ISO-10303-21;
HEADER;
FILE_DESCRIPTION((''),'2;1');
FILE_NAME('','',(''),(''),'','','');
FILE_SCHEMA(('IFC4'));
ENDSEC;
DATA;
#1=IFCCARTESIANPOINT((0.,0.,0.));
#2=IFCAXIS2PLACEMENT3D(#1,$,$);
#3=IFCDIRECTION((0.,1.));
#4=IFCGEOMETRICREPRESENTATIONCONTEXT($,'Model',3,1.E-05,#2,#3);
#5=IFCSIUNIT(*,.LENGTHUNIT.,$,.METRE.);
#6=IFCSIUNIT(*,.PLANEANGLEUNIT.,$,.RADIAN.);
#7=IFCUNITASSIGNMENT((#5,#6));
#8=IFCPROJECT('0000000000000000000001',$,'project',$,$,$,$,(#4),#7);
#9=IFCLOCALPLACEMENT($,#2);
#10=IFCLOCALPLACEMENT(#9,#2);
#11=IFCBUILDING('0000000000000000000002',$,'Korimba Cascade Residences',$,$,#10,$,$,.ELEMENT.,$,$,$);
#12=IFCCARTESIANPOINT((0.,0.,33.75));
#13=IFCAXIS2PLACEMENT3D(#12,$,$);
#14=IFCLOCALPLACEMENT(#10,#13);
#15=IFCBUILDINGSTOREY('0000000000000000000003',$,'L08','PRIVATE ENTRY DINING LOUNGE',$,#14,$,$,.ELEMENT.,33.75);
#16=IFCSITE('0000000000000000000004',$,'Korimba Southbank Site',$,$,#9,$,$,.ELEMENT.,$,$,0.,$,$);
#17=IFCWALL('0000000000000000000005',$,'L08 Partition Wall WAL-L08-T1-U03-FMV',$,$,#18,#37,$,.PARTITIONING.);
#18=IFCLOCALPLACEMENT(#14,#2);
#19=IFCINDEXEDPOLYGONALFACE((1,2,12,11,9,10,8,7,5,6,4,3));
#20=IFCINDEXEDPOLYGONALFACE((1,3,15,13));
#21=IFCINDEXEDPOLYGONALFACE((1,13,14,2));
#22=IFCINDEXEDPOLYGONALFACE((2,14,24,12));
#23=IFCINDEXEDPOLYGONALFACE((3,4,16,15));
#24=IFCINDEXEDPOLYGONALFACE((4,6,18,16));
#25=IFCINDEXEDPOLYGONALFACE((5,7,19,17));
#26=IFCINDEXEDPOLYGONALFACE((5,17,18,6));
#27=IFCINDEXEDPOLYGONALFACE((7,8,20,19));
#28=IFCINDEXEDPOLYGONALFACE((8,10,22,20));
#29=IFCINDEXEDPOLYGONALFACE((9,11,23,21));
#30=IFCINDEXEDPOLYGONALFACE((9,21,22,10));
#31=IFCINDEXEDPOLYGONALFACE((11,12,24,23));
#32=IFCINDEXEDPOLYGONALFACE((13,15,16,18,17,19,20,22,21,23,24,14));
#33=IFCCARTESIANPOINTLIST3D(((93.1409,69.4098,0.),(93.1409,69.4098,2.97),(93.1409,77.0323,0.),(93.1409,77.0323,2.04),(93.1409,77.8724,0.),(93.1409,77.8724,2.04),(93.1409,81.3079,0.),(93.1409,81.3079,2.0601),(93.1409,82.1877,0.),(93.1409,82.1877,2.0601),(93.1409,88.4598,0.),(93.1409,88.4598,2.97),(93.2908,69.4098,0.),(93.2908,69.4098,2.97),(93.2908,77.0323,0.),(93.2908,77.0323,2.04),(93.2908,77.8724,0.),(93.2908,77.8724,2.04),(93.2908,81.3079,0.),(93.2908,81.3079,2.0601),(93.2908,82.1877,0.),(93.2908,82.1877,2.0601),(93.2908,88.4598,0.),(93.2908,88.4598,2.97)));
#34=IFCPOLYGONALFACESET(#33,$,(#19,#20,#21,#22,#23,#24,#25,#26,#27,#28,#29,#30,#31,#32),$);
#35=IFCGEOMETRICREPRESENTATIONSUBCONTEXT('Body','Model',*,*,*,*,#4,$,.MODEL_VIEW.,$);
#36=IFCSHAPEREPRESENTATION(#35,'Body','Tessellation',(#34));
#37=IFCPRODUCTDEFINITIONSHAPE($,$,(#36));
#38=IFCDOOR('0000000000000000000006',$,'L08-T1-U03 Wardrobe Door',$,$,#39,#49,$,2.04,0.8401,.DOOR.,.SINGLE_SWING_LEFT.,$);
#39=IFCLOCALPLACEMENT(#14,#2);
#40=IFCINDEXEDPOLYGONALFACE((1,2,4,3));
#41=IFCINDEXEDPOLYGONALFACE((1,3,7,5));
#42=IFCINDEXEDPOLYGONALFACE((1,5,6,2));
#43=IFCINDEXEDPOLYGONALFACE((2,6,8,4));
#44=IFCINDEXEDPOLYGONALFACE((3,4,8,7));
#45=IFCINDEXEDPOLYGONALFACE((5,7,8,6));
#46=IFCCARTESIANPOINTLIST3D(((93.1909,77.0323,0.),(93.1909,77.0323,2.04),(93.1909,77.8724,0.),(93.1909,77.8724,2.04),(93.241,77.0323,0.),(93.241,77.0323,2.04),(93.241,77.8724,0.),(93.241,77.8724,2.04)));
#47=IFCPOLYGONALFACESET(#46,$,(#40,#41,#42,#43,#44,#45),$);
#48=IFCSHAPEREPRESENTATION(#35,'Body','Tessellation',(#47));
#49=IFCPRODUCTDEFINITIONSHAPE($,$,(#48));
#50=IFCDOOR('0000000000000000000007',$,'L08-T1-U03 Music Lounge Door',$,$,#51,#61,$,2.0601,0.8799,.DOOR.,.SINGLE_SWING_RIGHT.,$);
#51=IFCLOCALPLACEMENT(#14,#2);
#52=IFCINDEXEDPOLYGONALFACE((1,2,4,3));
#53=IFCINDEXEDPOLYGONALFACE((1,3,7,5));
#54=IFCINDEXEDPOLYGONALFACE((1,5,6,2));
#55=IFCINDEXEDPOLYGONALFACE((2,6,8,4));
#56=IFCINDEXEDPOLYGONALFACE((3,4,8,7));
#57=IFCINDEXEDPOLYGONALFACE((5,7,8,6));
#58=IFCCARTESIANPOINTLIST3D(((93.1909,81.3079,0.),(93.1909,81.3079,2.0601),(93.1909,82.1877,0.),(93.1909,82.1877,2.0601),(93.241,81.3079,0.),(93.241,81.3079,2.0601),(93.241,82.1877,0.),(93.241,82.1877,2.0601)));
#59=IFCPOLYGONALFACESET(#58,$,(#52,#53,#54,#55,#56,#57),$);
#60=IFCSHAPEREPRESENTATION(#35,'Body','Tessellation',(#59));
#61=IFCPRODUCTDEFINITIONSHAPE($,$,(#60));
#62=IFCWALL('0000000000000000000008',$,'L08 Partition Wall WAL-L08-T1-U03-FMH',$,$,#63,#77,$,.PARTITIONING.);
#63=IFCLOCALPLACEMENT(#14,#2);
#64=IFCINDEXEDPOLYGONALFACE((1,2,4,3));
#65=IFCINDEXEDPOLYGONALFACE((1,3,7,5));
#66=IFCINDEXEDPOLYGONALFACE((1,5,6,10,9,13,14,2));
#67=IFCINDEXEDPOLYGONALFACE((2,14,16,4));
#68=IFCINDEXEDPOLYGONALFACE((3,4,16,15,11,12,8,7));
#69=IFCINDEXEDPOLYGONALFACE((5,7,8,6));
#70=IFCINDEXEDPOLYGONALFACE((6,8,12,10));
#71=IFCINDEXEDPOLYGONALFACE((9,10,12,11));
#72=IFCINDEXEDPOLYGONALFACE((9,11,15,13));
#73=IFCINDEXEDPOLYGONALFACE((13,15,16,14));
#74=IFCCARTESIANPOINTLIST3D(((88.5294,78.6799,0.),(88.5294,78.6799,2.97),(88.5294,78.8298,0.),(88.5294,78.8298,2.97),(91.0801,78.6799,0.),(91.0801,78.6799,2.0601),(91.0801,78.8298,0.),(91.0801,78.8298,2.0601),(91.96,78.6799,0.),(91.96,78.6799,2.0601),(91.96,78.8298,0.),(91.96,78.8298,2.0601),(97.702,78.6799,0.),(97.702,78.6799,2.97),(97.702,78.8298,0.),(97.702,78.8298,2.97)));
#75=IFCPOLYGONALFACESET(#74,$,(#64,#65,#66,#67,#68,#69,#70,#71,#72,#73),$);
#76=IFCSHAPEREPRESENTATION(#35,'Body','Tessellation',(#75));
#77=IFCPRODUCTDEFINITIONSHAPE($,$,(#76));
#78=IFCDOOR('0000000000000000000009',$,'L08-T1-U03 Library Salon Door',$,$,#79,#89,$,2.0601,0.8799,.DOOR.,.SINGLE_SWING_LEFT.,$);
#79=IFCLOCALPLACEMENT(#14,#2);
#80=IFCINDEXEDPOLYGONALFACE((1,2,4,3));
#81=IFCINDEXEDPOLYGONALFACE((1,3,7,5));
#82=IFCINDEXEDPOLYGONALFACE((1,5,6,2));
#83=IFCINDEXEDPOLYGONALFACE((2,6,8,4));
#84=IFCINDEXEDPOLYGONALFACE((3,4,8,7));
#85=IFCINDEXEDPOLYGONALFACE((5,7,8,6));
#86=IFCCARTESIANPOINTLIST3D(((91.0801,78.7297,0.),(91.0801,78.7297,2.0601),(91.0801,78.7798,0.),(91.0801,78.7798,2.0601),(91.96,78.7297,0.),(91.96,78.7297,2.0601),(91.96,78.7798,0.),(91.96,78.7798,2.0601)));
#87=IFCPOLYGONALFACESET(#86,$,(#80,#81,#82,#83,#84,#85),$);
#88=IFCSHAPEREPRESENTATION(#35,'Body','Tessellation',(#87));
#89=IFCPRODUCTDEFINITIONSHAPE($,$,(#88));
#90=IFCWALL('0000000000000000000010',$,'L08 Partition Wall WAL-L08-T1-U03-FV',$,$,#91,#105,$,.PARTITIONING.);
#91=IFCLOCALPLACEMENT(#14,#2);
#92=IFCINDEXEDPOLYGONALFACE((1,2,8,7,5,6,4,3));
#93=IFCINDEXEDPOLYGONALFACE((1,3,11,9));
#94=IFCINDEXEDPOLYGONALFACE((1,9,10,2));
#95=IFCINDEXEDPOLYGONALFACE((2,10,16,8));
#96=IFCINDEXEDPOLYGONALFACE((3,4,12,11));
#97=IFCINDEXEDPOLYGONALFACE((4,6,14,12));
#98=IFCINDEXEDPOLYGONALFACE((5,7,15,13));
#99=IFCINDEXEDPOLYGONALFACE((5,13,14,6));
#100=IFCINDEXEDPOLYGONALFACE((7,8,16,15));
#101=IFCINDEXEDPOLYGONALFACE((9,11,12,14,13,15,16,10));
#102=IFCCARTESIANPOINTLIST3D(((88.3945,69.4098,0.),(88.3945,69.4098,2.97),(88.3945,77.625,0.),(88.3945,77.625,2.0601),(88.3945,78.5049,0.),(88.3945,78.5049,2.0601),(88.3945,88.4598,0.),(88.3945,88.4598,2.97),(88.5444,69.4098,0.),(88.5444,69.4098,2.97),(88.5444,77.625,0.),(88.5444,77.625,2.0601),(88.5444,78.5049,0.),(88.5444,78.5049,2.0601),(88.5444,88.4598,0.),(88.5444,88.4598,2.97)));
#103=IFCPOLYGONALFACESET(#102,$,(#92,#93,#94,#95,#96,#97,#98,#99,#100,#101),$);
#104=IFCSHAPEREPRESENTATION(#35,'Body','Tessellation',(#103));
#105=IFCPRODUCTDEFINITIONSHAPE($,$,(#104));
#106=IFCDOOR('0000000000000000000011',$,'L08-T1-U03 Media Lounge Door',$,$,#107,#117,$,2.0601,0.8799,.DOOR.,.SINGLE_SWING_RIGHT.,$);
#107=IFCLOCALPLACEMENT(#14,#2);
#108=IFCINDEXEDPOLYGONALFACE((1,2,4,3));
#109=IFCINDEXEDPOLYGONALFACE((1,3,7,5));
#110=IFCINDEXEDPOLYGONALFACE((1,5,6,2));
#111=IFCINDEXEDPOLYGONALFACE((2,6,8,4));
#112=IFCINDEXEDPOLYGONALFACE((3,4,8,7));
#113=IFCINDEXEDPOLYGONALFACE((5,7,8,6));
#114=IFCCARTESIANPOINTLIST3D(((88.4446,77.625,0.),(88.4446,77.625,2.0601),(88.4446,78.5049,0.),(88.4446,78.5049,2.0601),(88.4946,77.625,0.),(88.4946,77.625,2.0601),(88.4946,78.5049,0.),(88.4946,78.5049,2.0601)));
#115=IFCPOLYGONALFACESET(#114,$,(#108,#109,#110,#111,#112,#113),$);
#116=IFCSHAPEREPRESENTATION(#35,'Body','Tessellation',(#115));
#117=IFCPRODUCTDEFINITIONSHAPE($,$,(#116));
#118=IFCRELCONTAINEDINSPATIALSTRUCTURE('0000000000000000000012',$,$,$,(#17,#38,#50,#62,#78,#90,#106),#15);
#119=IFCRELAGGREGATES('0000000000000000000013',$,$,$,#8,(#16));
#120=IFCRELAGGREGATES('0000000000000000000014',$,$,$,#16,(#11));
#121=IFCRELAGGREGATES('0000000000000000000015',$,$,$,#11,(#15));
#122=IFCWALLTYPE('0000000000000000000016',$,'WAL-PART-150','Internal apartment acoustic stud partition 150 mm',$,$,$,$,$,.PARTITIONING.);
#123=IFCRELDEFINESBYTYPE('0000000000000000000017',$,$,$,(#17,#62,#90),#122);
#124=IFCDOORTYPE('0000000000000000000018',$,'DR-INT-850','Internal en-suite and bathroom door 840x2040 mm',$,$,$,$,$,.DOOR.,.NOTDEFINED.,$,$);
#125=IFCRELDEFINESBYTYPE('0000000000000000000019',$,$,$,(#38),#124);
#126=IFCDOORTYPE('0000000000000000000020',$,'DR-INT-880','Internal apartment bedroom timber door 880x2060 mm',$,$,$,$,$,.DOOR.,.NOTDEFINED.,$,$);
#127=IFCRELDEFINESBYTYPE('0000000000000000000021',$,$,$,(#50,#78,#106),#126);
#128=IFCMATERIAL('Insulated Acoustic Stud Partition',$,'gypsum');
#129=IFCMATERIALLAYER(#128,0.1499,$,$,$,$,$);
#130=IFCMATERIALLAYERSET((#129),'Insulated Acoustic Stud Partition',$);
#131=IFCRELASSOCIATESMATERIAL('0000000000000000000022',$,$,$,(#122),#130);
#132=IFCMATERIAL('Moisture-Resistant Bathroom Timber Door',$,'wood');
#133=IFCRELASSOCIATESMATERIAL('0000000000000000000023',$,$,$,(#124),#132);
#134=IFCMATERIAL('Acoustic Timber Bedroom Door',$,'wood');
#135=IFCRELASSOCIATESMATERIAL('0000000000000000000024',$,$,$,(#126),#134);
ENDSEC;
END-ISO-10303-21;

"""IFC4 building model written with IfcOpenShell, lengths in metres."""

from ifc_helpers import new_model, si_unit, direction, frame, frame_2d, origin, place, context, subcontext, project, spatial, rectangle, extrude, material, layer, layer_set, type_object, element, fill, save


model = new_model("IFC4")

# Units and contexts
model_context = context("Model", 3, precision=1e-05, world=origin(), true_north=direction((0.0, 1.0)))
body_context = subcontext(model_context, "Body", "Model", "MODEL_VIEW")
ifc_project = project(units=[si_unit("LENGTHUNIT", "METRE"), si_unit("PLANEANGLEUNIT", "RADIAN")], contexts=[model_context])

# Site, building, storey
site_placement = place(None, origin())
site = spatial("IfcSite", under=ifc_project, at=site_placement, Name="Korimba Southbank Site", CompositionType="ELEMENT", RefElevation=0.0)
building_placement = place(site_placement, origin())
building = spatial("IfcBuilding", under=site, at=building_placement, Name="Korimba Cascade Residences", CompositionType="ELEMENT")
storey_placement = place(building_placement, frame((0.0, 0.0, 33.75)))
storey = spatial("IfcBuildingStorey", under=building, at=storey_placement, Name="L08", Description="PRIVATE ENTRY DINING LOUNGE", CompositionType="ELEMENT", Elevation=33.75)

# Shared definitions
ifc_material_1 = material(Name="Insulated Acoustic Stud Partition", Category="gypsum")
ifc_layer_1 = layer(ifc_material_1, 0.1499)
ifc_layer_set_1 = layer_set([ifc_layer_1], Name="Insulated Acoustic Stud Partition")
wall_type_1 = type_object("IfcWallType", Name="WAL-PART-150", Description="Internal apartment acoustic stud partition 150 mm", PredefinedType="PARTITIONING", material=ifc_layer_set_1)

# Wall, openings, doors
wall_1_placement = place(storey_placement, frame((93.2158, 69.4099, 0.0), z_axis=(0.0, 0.0, 1.0), x_axis=(0.0, 1.0, 0.0)))
wall_1 = element("IfcWall", 1, at=wall_1_placement, inside=storey, type_object=wall_type_1, Name="L08 Partition Wall WAL-L08-T1-U03-FMV", PredefinedType="PARTITIONING", context=body_context, shape_type="SweptSolid", body=[
    extrude(rectangle(XDim=19.05, YDim=0.1499, at=frame_2d((9.5249, 0.0))), origin(), (0.0, 0.0, 1.0), 2.97),
])
opening_1_placement = place(wall_1_placement, frame((7.6226, 0.0, 0.0)))
opening_1 = element("IfcOpeningElement", 2, at=opening_1_placement, cuts=wall_1, PredefinedType="OPENING", context=body_context, shape_type="SweptSolid", body=[
    extrude(rectangle(XDim=0.8401, YDim=2.04, at=frame_2d((0.4199, 1.02))), frame((0.0, 0.085, 0.0), z_axis=(0.0, -1.0, 0.0), x_axis=(1.0, 0.0, 0.0)), (0.0, 0.0, 1.0), 0.1699),
])
opening_2_placement = place(wall_1_placement, frame((11.8979, 0.0, 0.0)))
opening_2 = element("IfcOpeningElement", 3, at=opening_2_placement, cuts=wall_1, PredefinedType="OPENING", context=body_context, shape_type="SweptSolid", body=[
    extrude(rectangle(XDim=0.8799, YDim=2.0601, at=frame_2d((0.4399, 1.03))), frame((0.0, 0.085, 0.0), z_axis=(0.0, -1.0, 0.0), x_axis=(1.0, 0.0, 0.0)), (0.0, 0.0, 1.0), 0.1699),
])
ifc_material_2 = material(Name="Moisture-Resistant Bathroom Timber Door", Category="wood")
door_type_1 = type_object("IfcDoorType", Name="DR-INT-850", Description="Internal en-suite and bathroom door 840x2040 mm", OperationType="NOTDEFINED", PredefinedType="DOOR", material=ifc_material_2)
door_1_placement = place(opening_1_placement, origin())
door_1 = element("IfcDoor", 4, at=door_1_placement, inside=storey, type_object=door_type_1, Name="L08-T1-U03 Wardrobe Door", OperationType="SINGLE_SWING_LEFT", OverallHeight=2.04, OverallWidth=0.8401, PredefinedType="DOOR", context=body_context, shape_type="SweptSolid", body=[
    extrude(rectangle(XDim=0.8401, YDim=2.04, at=frame_2d((0.4199, 1.02))), frame((0.0, 0.0249, 0.0), z_axis=(0.0, -1.0, 0.0), x_axis=(1.0, 0.0, 0.0)), (0.0, 0.0, 1.0), 0.05),
])
fill(opening_1, door_1)
ifc_material_3 = material(Name="Acoustic Timber Bedroom Door", Category="wood")
door_type_2 = type_object("IfcDoorType", Name="DR-INT-880", Description="Internal apartment bedroom timber door 880x2060 mm", OperationType="NOTDEFINED", PredefinedType="DOOR", material=ifc_material_3)
door_2_placement = place(opening_2_placement, origin())
door_2 = element("IfcDoor", 5, at=door_2_placement, inside=storey, type_object=door_type_2, Name="L08-T1-U03 Music Lounge Door", OperationType="SINGLE_SWING_RIGHT", OverallHeight=2.0601, OverallWidth=0.8799, PredefinedType="DOOR", context=body_context, shape_type="SweptSolid", body=[
    extrude(rectangle(XDim=0.8799, YDim=2.0601, at=frame_2d((0.4399, 1.03))), frame((0.0, 0.0249, 0.0), z_axis=(0.0, -1.0, 0.0), x_axis=(1.0, 0.0, 0.0)), (0.0, 0.0, 1.0), 0.05),
])
fill(opening_2, door_2)

# Walls, openings, doors
wall_2_placement = place(storey_placement, frame((88.5293, 78.7549, 0.0), z_axis=(0.0, 0.0, 1.0), x_axis=(1.0, 0.0, 0.0)))
wall_2 = element("IfcWall", 6, at=wall_2_placement, inside=storey, type_object=wall_type_1, Name="L08 Partition Wall WAL-L08-T1-U03-FMH", PredefinedType="PARTITIONING", context=body_context, shape_type="SweptSolid", body=[
    extrude(rectangle(XDim=9.1726, YDim=0.1499, at=frame_2d((4.5864, 0.0))), origin(), (0.0, 0.0, 1.0), 2.97),
])
opening_3_placement = place(wall_2_placement, frame((2.5508, 0.0, 0.0)))
opening_3 = element("IfcOpeningElement", 7, at=opening_3_placement, cuts=wall_2, PredefinedType="OPENING", context=body_context, shape_type="SweptSolid", body=[
    extrude(rectangle(XDim=0.8799, YDim=2.0601, at=frame_2d((0.4399, 1.03))), frame((0.0, 0.085, 0.0), z_axis=(0.0, -1.0, 0.0), x_axis=(1.0, 0.0, 0.0)), (0.0, 0.0, 1.0), 0.1699),
])
door_3_placement = place(opening_3_placement, origin())
door_3 = element("IfcDoor", 8, at=door_3_placement, inside=storey, type_object=door_type_2, Name="L08-T1-U03 Library Salon Door", OperationType="SINGLE_SWING_LEFT", OverallHeight=2.0601, OverallWidth=0.8799, PredefinedType="DOOR", context=body_context, shape_type="SweptSolid", body=[
    extrude(rectangle(XDim=0.8799, YDim=2.0601, at=frame_2d((0.4399, 1.03))), frame((0.0, 0.0249, 0.0), z_axis=(0.0, -1.0, 0.0), x_axis=(1.0, 0.0, 0.0)), (0.0, 0.0, 1.0), 0.05),
])
fill(opening_3, door_3)
wall_3_placement = place(storey_placement, frame((88.4695, 69.4099, 0.0), z_axis=(0.0, 0.0, 1.0), x_axis=(0.0, 1.0, 0.0)))
wall_3 = element("IfcWall", 9, at=wall_3_placement, inside=storey, type_object=wall_type_1, Name="L08 Partition Wall WAL-L08-T1-U03-FV", PredefinedType="PARTITIONING", context=body_context, shape_type="SweptSolid", body=[
    extrude(rectangle(XDim=19.05, YDim=0.1499, at=frame_2d((9.5249, 0.0))), origin(), (0.0, 0.0, 1.0), 2.97),
])
opening_4_placement = place(wall_3_placement, frame((8.2151, 0.0, 0.0)))
opening_4 = element("IfcOpeningElement", 10, at=opening_4_placement, cuts=wall_3, PredefinedType="OPENING", context=body_context, shape_type="SweptSolid", body=[
    extrude(rectangle(XDim=0.8799, YDim=2.0601, at=frame_2d((0.4399, 1.03))), frame((0.0, 0.085, 0.0), z_axis=(0.0, -1.0, 0.0), x_axis=(1.0, 0.0, 0.0)), (0.0, 0.0, 1.0), 0.1699),
])
door_4_placement = place(opening_4_placement, origin())
door_4 = element("IfcDoor", 11, at=door_4_placement, inside=storey, type_object=door_type_2, Name="L08-T1-U03 Media Lounge Door", OperationType="SINGLE_SWING_RIGHT", OverallHeight=2.0601, OverallWidth=0.8799, PredefinedType="DOOR", context=body_context, shape_type="SweptSolid", body=[
    extrude(rectangle(XDim=0.8799, YDim=2.0601, at=frame_2d((0.4399, 1.03))), frame((0.0, 0.0249, 0.0), z_axis=(0.0, -1.0, 0.0), x_axis=(1.0, 0.0, 0.0)), (0.0, 0.0, 1.0), 0.05),
])
fill(opening_4, door_4)

save(model, "model.ifc")
